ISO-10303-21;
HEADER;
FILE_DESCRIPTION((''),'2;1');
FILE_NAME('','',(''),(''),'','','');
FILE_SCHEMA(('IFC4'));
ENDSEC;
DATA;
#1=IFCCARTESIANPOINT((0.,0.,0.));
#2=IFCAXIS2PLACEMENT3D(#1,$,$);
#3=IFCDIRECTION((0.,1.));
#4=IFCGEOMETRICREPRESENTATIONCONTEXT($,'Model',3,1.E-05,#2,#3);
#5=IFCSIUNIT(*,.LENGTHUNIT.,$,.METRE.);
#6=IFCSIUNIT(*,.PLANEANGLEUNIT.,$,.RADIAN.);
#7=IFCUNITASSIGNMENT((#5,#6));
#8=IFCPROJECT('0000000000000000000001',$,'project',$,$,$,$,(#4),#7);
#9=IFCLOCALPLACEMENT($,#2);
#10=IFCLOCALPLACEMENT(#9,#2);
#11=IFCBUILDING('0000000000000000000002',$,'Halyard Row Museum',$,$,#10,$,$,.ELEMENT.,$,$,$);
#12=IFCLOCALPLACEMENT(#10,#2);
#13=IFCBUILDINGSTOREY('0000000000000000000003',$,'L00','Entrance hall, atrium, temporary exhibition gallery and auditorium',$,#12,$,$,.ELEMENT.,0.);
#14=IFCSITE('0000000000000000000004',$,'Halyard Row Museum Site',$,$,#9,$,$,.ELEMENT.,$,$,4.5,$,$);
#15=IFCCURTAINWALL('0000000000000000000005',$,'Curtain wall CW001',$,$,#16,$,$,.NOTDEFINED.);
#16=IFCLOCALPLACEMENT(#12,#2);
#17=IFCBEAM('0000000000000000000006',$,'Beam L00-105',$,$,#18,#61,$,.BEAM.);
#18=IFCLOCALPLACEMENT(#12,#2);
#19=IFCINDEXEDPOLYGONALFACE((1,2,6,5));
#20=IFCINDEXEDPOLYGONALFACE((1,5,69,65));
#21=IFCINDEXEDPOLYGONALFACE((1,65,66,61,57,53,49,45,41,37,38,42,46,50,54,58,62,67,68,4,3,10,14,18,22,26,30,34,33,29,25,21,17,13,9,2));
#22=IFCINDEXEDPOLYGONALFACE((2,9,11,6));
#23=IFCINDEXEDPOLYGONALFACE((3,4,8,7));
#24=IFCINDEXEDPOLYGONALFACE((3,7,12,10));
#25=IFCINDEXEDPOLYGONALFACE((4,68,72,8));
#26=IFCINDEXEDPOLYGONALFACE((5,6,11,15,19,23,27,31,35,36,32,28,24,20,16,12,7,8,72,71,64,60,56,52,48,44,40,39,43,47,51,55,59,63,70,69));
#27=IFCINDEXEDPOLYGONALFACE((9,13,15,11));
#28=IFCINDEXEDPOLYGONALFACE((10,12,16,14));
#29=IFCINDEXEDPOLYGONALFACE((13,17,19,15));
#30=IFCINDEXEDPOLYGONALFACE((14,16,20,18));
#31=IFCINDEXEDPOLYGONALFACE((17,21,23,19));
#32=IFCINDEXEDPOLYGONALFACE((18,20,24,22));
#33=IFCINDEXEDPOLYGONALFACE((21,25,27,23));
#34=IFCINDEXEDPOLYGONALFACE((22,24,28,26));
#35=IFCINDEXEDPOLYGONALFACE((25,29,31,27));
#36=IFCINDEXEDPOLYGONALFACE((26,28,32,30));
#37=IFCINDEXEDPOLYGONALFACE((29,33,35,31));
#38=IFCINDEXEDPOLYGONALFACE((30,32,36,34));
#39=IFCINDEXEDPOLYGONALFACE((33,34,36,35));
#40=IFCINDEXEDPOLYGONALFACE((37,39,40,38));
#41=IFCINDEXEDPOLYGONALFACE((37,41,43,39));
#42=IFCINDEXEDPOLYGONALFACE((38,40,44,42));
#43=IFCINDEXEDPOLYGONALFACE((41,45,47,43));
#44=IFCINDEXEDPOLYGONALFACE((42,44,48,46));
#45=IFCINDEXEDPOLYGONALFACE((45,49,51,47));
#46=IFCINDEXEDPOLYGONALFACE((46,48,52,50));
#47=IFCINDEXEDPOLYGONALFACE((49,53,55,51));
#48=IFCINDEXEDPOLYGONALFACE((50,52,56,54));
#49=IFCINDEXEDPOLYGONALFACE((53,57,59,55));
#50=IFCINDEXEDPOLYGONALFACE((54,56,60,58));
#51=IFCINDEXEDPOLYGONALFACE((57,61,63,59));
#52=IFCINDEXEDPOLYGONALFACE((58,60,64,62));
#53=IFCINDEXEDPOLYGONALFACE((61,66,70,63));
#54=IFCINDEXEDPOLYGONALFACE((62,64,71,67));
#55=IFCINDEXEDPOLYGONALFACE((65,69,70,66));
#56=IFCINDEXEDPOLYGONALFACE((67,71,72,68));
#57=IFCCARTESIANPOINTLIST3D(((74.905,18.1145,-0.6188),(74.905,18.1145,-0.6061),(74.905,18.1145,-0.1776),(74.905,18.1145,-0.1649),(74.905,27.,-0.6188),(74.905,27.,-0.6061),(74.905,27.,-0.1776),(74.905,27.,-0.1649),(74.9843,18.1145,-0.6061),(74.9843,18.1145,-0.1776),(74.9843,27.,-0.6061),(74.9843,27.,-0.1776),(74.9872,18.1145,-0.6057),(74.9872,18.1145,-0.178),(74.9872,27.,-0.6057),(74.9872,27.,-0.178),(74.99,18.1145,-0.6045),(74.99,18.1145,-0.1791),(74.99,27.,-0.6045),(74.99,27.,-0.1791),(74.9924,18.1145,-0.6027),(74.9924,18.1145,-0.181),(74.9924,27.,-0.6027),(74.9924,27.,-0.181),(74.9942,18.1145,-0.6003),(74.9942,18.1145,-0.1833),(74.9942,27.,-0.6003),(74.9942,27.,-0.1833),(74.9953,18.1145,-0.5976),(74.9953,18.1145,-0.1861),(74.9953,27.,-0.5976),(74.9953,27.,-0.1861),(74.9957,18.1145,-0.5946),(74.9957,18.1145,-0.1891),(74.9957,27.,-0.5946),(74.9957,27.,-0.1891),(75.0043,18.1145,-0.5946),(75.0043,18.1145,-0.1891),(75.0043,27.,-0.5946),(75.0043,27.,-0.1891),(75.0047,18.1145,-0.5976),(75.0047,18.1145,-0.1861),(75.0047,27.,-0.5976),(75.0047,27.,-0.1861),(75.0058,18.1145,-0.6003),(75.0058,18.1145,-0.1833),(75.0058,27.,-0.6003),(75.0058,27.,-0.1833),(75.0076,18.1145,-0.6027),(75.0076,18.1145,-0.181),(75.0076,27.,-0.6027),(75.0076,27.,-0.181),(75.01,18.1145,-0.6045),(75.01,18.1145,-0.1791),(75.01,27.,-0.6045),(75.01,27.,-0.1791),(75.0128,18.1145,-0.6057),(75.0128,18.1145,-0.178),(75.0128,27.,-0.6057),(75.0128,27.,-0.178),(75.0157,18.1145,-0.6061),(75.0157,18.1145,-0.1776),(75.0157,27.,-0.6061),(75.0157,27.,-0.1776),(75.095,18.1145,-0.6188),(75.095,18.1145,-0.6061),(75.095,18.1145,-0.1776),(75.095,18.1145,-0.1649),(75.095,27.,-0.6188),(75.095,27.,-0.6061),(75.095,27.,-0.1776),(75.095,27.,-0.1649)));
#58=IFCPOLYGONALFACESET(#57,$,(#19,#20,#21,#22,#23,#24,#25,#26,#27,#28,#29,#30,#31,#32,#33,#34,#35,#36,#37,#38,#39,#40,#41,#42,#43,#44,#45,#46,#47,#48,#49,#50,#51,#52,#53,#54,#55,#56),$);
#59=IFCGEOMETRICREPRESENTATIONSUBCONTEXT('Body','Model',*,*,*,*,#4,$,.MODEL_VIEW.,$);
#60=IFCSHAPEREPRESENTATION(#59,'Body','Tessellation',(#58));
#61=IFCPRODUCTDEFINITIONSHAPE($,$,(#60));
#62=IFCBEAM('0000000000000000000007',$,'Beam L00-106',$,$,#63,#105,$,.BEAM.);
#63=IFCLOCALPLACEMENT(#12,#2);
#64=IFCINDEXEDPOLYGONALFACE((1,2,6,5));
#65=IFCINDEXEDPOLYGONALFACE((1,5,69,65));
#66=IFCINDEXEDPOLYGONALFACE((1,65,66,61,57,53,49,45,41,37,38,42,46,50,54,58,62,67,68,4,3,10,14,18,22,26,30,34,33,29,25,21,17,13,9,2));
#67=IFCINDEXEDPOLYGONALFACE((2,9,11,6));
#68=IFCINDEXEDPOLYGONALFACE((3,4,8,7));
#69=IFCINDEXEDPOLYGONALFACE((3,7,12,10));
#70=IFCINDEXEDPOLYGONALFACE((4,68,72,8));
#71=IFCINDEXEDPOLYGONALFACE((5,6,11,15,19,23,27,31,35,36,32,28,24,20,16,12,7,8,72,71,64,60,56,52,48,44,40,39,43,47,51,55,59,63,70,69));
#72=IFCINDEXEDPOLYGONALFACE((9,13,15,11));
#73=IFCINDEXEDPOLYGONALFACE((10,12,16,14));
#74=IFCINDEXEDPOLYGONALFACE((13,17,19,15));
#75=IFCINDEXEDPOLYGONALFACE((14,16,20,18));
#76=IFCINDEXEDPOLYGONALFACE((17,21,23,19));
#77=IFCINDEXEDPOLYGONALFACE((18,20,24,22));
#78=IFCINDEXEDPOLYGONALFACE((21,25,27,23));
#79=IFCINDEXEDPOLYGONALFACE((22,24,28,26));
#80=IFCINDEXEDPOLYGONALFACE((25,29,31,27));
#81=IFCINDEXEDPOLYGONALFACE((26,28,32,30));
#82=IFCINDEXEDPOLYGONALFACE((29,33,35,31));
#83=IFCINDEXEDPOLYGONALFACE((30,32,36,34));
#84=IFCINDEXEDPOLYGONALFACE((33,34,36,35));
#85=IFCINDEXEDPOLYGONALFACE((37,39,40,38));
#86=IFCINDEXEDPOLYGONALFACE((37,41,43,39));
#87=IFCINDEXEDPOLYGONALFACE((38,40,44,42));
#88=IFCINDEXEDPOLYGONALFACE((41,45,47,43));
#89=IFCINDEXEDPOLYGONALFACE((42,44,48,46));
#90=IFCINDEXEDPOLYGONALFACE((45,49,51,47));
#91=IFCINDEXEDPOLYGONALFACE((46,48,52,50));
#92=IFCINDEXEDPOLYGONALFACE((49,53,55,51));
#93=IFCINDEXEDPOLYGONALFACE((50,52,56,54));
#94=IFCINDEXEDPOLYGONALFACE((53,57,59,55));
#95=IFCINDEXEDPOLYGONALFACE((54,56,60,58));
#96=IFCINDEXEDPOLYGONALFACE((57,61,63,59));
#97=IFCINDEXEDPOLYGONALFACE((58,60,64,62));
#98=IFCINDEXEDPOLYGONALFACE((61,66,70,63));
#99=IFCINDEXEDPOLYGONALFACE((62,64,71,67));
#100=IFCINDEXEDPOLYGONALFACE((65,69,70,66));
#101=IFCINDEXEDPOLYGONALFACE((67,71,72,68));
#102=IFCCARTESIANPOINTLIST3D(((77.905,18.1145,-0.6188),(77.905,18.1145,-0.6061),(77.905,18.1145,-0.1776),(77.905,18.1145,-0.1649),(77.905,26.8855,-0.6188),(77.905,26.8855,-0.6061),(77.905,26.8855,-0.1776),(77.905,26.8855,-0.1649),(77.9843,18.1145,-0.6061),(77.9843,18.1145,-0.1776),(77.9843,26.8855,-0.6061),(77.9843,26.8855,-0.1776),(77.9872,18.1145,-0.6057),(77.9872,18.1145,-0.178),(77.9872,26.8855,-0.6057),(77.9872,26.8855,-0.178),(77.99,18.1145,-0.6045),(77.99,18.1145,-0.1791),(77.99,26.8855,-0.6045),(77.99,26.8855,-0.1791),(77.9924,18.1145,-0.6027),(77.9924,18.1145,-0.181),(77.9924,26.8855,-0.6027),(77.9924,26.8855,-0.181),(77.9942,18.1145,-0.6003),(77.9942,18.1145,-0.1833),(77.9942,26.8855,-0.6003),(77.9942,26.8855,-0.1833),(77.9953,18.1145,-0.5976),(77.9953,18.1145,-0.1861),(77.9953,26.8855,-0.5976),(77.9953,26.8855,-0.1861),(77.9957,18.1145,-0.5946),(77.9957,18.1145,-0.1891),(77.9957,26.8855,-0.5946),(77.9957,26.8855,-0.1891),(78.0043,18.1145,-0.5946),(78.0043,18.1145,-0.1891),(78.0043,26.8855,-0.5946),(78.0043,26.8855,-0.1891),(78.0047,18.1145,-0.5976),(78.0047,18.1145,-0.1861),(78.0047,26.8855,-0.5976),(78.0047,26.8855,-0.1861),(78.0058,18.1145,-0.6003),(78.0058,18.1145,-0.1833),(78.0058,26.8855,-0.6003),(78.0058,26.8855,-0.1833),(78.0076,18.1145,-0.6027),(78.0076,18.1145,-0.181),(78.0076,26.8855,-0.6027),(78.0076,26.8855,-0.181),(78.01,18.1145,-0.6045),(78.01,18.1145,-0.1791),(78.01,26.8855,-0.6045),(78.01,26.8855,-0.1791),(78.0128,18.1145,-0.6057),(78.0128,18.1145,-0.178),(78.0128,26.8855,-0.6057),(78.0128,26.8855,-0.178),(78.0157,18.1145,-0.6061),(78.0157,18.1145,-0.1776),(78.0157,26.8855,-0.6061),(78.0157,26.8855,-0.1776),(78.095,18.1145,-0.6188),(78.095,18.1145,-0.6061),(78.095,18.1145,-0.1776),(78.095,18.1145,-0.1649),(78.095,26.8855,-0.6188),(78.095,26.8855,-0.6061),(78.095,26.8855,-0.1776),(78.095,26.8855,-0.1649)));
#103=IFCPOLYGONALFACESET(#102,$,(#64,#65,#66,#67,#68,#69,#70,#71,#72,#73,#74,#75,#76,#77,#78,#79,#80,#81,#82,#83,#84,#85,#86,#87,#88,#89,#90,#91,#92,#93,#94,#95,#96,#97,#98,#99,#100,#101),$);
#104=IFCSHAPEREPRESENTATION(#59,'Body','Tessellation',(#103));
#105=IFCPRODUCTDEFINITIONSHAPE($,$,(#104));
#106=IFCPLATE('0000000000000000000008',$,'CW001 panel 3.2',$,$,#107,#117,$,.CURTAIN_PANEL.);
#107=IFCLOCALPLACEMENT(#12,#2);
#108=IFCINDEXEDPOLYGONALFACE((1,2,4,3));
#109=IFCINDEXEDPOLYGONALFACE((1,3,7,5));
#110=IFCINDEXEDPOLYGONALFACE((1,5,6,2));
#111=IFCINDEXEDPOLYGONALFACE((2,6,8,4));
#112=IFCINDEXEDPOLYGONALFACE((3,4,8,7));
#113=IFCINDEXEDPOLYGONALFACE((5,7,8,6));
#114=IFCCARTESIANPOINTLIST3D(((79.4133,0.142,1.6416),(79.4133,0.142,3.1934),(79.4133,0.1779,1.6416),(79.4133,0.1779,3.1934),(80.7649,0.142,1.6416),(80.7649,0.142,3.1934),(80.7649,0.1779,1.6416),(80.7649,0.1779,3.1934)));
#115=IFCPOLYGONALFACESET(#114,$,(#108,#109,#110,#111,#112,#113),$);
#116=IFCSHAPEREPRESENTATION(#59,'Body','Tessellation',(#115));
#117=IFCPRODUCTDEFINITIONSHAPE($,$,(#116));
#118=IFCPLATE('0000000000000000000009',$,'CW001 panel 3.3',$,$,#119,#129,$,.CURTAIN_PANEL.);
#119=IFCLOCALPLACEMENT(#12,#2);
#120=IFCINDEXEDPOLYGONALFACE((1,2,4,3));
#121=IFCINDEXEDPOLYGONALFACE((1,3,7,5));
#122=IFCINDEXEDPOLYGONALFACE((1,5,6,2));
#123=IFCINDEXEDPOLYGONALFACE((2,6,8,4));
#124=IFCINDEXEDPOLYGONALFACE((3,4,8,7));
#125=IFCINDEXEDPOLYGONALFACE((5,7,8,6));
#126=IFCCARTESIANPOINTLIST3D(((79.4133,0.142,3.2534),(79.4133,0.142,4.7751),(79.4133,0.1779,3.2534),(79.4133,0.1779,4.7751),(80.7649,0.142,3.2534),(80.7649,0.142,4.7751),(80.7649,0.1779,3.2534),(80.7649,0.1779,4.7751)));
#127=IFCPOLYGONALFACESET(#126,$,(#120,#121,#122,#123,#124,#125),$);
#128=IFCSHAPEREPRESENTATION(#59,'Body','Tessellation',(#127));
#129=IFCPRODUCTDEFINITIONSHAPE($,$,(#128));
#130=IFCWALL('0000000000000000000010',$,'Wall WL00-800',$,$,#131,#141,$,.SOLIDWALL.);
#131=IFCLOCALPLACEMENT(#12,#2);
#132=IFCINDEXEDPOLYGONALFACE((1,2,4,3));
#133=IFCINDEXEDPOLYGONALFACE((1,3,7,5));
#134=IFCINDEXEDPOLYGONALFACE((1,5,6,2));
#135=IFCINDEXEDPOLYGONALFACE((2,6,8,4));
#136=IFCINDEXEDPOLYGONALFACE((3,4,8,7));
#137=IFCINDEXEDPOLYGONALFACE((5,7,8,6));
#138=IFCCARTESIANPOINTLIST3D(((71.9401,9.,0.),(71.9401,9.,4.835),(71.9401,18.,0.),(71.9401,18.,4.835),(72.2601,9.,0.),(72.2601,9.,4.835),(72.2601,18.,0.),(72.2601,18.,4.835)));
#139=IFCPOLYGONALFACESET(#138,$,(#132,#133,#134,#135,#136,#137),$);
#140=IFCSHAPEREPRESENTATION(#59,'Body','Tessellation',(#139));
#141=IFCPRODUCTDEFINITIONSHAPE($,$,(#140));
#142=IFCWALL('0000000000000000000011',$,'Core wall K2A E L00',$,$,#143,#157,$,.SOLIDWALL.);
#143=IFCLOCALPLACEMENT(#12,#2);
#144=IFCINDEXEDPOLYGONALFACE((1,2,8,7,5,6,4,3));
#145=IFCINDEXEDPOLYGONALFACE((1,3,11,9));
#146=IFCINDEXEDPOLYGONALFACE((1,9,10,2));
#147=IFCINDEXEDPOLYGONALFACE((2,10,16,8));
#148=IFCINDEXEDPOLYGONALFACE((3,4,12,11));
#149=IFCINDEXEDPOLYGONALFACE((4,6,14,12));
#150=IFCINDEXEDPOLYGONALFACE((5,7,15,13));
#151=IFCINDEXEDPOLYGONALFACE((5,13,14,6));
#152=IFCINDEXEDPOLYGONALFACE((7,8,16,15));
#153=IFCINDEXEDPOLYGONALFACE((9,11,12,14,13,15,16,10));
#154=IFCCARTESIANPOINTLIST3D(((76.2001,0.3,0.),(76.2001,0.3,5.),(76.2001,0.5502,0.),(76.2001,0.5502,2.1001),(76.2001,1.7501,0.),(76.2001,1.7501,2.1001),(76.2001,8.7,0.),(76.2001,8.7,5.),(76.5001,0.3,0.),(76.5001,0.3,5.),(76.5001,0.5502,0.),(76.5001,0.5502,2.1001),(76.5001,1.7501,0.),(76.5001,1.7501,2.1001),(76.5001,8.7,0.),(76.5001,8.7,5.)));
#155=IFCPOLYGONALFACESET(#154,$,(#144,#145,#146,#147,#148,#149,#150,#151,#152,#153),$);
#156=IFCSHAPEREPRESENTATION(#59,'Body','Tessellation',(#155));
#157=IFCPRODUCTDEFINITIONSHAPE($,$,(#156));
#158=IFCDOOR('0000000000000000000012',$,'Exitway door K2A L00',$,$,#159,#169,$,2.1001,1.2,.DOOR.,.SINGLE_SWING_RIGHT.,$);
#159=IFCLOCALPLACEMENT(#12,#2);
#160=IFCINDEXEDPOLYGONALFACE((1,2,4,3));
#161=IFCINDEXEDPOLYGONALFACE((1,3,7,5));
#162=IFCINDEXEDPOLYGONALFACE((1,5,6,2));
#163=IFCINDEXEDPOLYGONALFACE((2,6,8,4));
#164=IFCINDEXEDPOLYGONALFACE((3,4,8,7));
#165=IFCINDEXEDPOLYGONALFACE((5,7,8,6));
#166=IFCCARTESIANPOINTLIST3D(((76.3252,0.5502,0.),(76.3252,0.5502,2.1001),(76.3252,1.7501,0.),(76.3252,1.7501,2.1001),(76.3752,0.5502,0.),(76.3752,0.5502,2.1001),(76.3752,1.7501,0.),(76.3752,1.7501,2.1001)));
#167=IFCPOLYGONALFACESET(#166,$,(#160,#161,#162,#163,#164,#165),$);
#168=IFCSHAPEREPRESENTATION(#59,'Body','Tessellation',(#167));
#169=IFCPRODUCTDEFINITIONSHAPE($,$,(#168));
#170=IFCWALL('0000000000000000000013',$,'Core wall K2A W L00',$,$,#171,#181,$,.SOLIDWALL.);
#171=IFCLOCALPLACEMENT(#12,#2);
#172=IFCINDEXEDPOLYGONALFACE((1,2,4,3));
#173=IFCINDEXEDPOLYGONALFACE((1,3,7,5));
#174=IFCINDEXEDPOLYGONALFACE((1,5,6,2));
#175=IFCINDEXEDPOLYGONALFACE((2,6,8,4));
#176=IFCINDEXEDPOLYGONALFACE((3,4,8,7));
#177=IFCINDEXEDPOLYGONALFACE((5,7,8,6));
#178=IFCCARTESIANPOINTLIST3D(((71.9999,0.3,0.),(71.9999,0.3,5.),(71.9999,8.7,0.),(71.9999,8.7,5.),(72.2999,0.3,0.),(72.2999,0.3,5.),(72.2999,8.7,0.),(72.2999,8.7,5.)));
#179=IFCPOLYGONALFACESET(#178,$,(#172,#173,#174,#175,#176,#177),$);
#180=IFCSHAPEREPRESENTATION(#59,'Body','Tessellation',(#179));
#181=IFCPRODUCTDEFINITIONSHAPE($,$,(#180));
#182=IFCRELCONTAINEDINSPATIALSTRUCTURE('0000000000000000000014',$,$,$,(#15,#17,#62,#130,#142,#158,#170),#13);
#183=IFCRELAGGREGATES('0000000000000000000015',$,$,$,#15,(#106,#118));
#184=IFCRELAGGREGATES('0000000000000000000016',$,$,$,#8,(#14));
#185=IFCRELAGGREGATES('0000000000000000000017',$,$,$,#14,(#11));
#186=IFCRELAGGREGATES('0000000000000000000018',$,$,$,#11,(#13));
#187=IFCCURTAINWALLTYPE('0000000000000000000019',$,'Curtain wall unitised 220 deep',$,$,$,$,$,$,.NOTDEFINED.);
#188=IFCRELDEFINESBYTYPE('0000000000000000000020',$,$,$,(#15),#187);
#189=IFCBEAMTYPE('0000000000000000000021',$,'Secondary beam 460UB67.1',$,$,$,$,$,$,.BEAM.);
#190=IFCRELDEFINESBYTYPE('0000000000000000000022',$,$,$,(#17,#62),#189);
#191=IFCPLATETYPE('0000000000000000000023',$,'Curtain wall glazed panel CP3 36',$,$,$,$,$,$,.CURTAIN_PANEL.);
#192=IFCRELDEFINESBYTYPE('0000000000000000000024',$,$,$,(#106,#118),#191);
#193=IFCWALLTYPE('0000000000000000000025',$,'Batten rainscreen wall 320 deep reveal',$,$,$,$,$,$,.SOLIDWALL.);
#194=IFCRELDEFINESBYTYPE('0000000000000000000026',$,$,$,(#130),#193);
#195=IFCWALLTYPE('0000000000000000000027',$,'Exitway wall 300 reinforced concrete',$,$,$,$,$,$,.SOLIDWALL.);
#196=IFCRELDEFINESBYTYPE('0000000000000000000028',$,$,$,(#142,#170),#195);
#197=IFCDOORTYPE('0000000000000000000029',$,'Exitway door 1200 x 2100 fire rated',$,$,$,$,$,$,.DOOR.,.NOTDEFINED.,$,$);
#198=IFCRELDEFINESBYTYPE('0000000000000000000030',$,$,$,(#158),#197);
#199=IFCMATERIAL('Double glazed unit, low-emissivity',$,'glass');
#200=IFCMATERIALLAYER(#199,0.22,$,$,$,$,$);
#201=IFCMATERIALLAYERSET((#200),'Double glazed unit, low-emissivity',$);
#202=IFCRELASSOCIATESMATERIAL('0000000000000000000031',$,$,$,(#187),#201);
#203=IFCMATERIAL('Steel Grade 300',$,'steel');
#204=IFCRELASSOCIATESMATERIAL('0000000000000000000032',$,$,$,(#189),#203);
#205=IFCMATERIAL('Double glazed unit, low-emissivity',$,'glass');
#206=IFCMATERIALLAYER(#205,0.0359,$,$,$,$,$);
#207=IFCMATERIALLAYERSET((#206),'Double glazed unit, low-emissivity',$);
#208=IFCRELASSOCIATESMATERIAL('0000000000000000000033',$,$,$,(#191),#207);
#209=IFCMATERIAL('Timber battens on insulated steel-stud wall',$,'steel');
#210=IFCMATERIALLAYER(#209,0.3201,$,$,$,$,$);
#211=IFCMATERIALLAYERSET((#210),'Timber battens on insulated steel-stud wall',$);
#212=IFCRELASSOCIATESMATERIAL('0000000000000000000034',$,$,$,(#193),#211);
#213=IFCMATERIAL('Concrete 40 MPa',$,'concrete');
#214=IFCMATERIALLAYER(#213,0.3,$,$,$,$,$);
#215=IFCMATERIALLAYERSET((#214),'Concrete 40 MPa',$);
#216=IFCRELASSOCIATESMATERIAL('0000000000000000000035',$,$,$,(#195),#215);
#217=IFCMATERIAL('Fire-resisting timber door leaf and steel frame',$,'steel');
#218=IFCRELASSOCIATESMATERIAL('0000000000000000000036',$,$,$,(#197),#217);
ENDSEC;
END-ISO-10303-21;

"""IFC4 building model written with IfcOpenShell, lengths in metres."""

from ifc_helpers import new_model, si_unit, direction, frame, frame_2d, origin, origin_2d, place, context, subcontext, project, spatial, rectangle, i_section, extrude, material, layer, layer_set, material_profile, profile_set, type_object, element, fill, aggregate, save


model = new_model("IFC4")

# Units and contexts
model_context = context("Model", 3, precision=1e-05, world=origin(), true_north=direction((0.0, 1.0)))
body_context = subcontext(model_context, "Body", "Model", "MODEL_VIEW")
ifc_project = project(units=[si_unit("LENGTHUNIT", "METRE"), si_unit("PLANEANGLEUNIT", "RADIAN")], contexts=[model_context])

# Site, building, storey
site_placement = place(None, origin())
site = spatial("IfcSite", under=ifc_project, at=site_placement, Name="Halyard Row Museum Site", CompositionType="ELEMENT", RefElevation=4.5)
building_placement = place(site_placement, origin())
building = spatial("IfcBuilding", under=site, at=building_placement, Name="Halyard Row Museum", CompositionType="ELEMENT")
storey_placement = place(building_placement, origin())
storey = spatial("IfcBuildingStorey", under=building, at=storey_placement, Name="L00", Description="Entrance hall, atrium, temporary exhibition gallery and auditorium", CompositionType="ELEMENT", Elevation=0.0)

# Curtain wall
ifc_material_1 = material(Name="Double glazed unit, low-emissivity", Category="glass")
ifc_layer_1 = layer(ifc_material_1, 0.22)
ifc_layer_set_1 = layer_set([ifc_layer_1], Name="Double glazed unit, low-emissivity")
curtain_wall_type = type_object("IfcCurtainWallType", Name="Curtain wall unitised 220 deep", PredefinedType="NOTDEFINED", material=ifc_layer_set_1)
curtain_wall_placement = place(storey_placement, origin())
curtain_wall = element("IfcCurtainWall", 1, at=curtain_wall_placement, inside=storey, type_object=curtain_wall_type, Name="Curtain wall CW001", PredefinedType="NOTDEFINED")

# Beams
ifc_material_2 = material(Name="Steel Grade 300", Category="steel")
ifc_material_profile_1 = material_profile(ifc_material_2, i_section(OverallWidth=0.1899, OverallDepth=0.4539, WebThickness=0.0085, FlangeThickness=0.0127, FilletRadius=0.0115, at=origin_2d()), Name="460UB67.1")
ifc_profile_set_1 = profile_set([ifc_material_profile_1], Name="Steel Grade 300")
beam_type_1 = type_object("IfcBeamType", Name="Secondary beam 460UB67.1", PredefinedType="BEAM", material=ifc_profile_set_1)
beam_1_placement = place(storey_placement, frame((75.0, 18.1145, -0.3918), z_axis=(0.0, 1.0, 0.0), x_axis=(-1.0, 0.0, 0.0)))
element("IfcBeam", 2, at=beam_1_placement, inside=storey, type_object=beam_type_1, Name="Beam L00-105", PredefinedType="BEAM", context=body_context, shape_type="SweptSolid", body=[
    extrude(i_section(OverallWidth=0.1899, OverallDepth=0.4539, WebThickness=0.0085, FlangeThickness=0.0127, FilletRadius=0.0115, at=origin_2d()), origin(), (0.0, 0.0, 1.0), 8.8855),
])
beam_2_placement = place(storey_placement, frame((78.0, 18.1145, -0.3918), z_axis=(0.0, 1.0, 0.0), x_axis=(-1.0, 0.0, 0.0)))
element("IfcBeam", 3, at=beam_2_placement, inside=storey, type_object=beam_type_1, Name="Beam L00-106", PredefinedType="BEAM", context=body_context, shape_type="SweptSolid", body=[
    extrude(i_section(OverallWidth=0.1899, OverallDepth=0.4539, WebThickness=0.0085, FlangeThickness=0.0127, FilletRadius=0.0115, at=origin_2d()), origin(), (0.0, 0.0, 1.0), 8.771),
])

# Plates
ifc_material_3 = material(Name="Double glazed unit, low-emissivity", Category="glass")
ifc_layer_2 = layer(ifc_material_3, 0.0359)
ifc_layer_set_2 = layer_set([ifc_layer_2], Name="Double glazed unit, low-emissivity")
plate_type = type_object("IfcPlateType", Name="Curtain wall glazed panel CP3 36", PredefinedType="CURTAIN_PANEL", material=ifc_layer_set_2)
plate_1_placement = place(storey_placement, frame((80.0891, 0.1599, 1.6416), z_axis=(0.0, 0.0, 1.0), x_axis=(1.0, 0.0, 0.0)))
plate_1 = element("IfcPlate", 4, at=plate_1_placement, type_object=plate_type, Name="CW001 panel 3.2", PredefinedType="CURTAIN_PANEL", context=body_context, shape_type="SweptSolid", body=[
    extrude(rectangle(XDim=1.3516, YDim=0.0359, at=origin_2d()), origin(), (0.0, 0.0, 1.0), 1.5518),
])
plate_2_placement = place(storey_placement, frame((80.0891, 0.1599, 3.2534), z_axis=(0.0, 0.0, 1.0), x_axis=(1.0, 0.0, 0.0)))
plate_2 = element("IfcPlate", 5, at=plate_2_placement, type_object=plate_type, Name="CW001 panel 3.3", PredefinedType="CURTAIN_PANEL", context=body_context, shape_type="SweptSolid", body=[
    extrude(rectangle(XDim=1.3516, YDim=0.0359, at=origin_2d()), origin(), (0.0, 0.0, 1.0), 1.5217),
])
aggregate(curtain_wall, [plate_1, plate_2])

# Wall
ifc_material_4 = material(Name="Timber battens on insulated steel-stud wall", Category="steel")
ifc_layer_3 = layer(ifc_material_4, 0.3201)
ifc_layer_set_3 = layer_set([ifc_layer_3], Name="Timber battens on insulated steel-stud wall")
wall_type_1 = type_object("IfcWallType", Name="Batten rainscreen wall 320 deep reveal", PredefinedType="SOLIDWALL", material=ifc_layer_set_3)
wall_1_placement = place(storey_placement, frame((72.1001, 9.0, 0.0), z_axis=(0.0, 0.0, 1.0), x_axis=(0.0, 1.0, 0.0)))
element("IfcWall", 6, at=wall_1_placement, inside=storey, type_object=wall_type_1, Name="Wall WL00-800", PredefinedType="SOLIDWALL", context=body_context, shape_type="SweptSolid", body=[
    extrude(rectangle(XDim=9.0, YDim=0.3201, at=frame_2d((4.5, 0.0))), origin(), (0.0, 0.0, 1.0), 4.835),
])

# Wall, opening, door
ifc_material_5 = material(Name="Concrete 40 MPa", Category="concrete")
ifc_layer_4 = layer(ifc_material_5, 0.3)
ifc_layer_set_4 = layer_set([ifc_layer_4], Name="Concrete 40 MPa")
wall_type_2 = type_object("IfcWallType", Name="Exitway wall 300 reinforced concrete", PredefinedType="SOLIDWALL", material=ifc_layer_set_4)
wall_2_placement = place(storey_placement, frame((76.3501, 0.3, 0.0), z_axis=(0.0, 0.0, 1.0), x_axis=(0.0, 1.0, 0.0)))
wall_2 = element("IfcWall", 7, at=wall_2_placement, inside=storey, type_object=wall_type_2, Name="Core wall K2A E L00", PredefinedType="SOLIDWALL", context=body_context, shape_type="SweptSolid", body=[
    extrude(rectangle(XDim=8.3999, YDim=0.3, at=frame_2d((4.2, 0.0))), origin(), (0.0, 0.0, 1.0), 5.0),
])
opening_placement = place(wall_2_placement, frame((0.25, 0.0, 0.0)))
opening = element("IfcOpeningElement", 8, at=opening_placement, cuts=wall_2, PredefinedType="OPENING", context=body_context, shape_type="SweptSolid", body=[
    extrude(rectangle(XDim=1.2, YDim=2.1001, at=frame_2d((0.6001, 1.05))), frame((0.0, 0.1599, 0.0), z_axis=(0.0, -1.0, 0.0), x_axis=(1.0, 0.0, 0.0)), (0.0, 0.0, 1.0), 0.3201),
])
ifc_material_6 = material(Name="Fire-resisting timber door leaf and steel frame", Category="steel")
door_type = type_object("IfcDoorType", Name="Exitway door 1200 x 2100 fire rated", OperationType="NOTDEFINED", PredefinedType="DOOR", material=ifc_material_6)
door_placement = place(opening_placement, origin())
door = element("IfcDoor", 9, at=door_placement, inside=storey, type_object=door_type, Name="Exitway door K2A L00", OperationType="SINGLE_SWING_RIGHT", OverallHeight=2.1001, OverallWidth=1.2, PredefinedType="DOOR", context=body_context, shape_type="SweptSolid", body=[
    extrude(rectangle(XDim=1.2, YDim=2.1001, at=frame_2d((0.6001, 1.05))), frame((0.0, 0.0249, 0.0), z_axis=(0.0, -1.0, 0.0), x_axis=(1.0, 0.0, 0.0)), (0.0, 0.0, 1.0), 0.05),
])
fill(opening, door)

# Wall
wall_3_placement = place(storey_placement, frame((72.1499, 0.3, 0.0), z_axis=(0.0, 0.0, 1.0), x_axis=(0.0, 1.0, 0.0)))
element("IfcWall", 10, at=wall_3_placement, inside=storey, type_object=wall_type_2, Name="Core wall K2A W L00", PredefinedType="SOLIDWALL", context=body_context, shape_type="SweptSolid", body=[
    extrude(rectangle(XDim=8.3999, YDim=0.3, at=frame_2d((4.2, 0.0))), origin(), (0.0, 0.0, 1.0), 5.0),
])

save(model, "model.ifc")
